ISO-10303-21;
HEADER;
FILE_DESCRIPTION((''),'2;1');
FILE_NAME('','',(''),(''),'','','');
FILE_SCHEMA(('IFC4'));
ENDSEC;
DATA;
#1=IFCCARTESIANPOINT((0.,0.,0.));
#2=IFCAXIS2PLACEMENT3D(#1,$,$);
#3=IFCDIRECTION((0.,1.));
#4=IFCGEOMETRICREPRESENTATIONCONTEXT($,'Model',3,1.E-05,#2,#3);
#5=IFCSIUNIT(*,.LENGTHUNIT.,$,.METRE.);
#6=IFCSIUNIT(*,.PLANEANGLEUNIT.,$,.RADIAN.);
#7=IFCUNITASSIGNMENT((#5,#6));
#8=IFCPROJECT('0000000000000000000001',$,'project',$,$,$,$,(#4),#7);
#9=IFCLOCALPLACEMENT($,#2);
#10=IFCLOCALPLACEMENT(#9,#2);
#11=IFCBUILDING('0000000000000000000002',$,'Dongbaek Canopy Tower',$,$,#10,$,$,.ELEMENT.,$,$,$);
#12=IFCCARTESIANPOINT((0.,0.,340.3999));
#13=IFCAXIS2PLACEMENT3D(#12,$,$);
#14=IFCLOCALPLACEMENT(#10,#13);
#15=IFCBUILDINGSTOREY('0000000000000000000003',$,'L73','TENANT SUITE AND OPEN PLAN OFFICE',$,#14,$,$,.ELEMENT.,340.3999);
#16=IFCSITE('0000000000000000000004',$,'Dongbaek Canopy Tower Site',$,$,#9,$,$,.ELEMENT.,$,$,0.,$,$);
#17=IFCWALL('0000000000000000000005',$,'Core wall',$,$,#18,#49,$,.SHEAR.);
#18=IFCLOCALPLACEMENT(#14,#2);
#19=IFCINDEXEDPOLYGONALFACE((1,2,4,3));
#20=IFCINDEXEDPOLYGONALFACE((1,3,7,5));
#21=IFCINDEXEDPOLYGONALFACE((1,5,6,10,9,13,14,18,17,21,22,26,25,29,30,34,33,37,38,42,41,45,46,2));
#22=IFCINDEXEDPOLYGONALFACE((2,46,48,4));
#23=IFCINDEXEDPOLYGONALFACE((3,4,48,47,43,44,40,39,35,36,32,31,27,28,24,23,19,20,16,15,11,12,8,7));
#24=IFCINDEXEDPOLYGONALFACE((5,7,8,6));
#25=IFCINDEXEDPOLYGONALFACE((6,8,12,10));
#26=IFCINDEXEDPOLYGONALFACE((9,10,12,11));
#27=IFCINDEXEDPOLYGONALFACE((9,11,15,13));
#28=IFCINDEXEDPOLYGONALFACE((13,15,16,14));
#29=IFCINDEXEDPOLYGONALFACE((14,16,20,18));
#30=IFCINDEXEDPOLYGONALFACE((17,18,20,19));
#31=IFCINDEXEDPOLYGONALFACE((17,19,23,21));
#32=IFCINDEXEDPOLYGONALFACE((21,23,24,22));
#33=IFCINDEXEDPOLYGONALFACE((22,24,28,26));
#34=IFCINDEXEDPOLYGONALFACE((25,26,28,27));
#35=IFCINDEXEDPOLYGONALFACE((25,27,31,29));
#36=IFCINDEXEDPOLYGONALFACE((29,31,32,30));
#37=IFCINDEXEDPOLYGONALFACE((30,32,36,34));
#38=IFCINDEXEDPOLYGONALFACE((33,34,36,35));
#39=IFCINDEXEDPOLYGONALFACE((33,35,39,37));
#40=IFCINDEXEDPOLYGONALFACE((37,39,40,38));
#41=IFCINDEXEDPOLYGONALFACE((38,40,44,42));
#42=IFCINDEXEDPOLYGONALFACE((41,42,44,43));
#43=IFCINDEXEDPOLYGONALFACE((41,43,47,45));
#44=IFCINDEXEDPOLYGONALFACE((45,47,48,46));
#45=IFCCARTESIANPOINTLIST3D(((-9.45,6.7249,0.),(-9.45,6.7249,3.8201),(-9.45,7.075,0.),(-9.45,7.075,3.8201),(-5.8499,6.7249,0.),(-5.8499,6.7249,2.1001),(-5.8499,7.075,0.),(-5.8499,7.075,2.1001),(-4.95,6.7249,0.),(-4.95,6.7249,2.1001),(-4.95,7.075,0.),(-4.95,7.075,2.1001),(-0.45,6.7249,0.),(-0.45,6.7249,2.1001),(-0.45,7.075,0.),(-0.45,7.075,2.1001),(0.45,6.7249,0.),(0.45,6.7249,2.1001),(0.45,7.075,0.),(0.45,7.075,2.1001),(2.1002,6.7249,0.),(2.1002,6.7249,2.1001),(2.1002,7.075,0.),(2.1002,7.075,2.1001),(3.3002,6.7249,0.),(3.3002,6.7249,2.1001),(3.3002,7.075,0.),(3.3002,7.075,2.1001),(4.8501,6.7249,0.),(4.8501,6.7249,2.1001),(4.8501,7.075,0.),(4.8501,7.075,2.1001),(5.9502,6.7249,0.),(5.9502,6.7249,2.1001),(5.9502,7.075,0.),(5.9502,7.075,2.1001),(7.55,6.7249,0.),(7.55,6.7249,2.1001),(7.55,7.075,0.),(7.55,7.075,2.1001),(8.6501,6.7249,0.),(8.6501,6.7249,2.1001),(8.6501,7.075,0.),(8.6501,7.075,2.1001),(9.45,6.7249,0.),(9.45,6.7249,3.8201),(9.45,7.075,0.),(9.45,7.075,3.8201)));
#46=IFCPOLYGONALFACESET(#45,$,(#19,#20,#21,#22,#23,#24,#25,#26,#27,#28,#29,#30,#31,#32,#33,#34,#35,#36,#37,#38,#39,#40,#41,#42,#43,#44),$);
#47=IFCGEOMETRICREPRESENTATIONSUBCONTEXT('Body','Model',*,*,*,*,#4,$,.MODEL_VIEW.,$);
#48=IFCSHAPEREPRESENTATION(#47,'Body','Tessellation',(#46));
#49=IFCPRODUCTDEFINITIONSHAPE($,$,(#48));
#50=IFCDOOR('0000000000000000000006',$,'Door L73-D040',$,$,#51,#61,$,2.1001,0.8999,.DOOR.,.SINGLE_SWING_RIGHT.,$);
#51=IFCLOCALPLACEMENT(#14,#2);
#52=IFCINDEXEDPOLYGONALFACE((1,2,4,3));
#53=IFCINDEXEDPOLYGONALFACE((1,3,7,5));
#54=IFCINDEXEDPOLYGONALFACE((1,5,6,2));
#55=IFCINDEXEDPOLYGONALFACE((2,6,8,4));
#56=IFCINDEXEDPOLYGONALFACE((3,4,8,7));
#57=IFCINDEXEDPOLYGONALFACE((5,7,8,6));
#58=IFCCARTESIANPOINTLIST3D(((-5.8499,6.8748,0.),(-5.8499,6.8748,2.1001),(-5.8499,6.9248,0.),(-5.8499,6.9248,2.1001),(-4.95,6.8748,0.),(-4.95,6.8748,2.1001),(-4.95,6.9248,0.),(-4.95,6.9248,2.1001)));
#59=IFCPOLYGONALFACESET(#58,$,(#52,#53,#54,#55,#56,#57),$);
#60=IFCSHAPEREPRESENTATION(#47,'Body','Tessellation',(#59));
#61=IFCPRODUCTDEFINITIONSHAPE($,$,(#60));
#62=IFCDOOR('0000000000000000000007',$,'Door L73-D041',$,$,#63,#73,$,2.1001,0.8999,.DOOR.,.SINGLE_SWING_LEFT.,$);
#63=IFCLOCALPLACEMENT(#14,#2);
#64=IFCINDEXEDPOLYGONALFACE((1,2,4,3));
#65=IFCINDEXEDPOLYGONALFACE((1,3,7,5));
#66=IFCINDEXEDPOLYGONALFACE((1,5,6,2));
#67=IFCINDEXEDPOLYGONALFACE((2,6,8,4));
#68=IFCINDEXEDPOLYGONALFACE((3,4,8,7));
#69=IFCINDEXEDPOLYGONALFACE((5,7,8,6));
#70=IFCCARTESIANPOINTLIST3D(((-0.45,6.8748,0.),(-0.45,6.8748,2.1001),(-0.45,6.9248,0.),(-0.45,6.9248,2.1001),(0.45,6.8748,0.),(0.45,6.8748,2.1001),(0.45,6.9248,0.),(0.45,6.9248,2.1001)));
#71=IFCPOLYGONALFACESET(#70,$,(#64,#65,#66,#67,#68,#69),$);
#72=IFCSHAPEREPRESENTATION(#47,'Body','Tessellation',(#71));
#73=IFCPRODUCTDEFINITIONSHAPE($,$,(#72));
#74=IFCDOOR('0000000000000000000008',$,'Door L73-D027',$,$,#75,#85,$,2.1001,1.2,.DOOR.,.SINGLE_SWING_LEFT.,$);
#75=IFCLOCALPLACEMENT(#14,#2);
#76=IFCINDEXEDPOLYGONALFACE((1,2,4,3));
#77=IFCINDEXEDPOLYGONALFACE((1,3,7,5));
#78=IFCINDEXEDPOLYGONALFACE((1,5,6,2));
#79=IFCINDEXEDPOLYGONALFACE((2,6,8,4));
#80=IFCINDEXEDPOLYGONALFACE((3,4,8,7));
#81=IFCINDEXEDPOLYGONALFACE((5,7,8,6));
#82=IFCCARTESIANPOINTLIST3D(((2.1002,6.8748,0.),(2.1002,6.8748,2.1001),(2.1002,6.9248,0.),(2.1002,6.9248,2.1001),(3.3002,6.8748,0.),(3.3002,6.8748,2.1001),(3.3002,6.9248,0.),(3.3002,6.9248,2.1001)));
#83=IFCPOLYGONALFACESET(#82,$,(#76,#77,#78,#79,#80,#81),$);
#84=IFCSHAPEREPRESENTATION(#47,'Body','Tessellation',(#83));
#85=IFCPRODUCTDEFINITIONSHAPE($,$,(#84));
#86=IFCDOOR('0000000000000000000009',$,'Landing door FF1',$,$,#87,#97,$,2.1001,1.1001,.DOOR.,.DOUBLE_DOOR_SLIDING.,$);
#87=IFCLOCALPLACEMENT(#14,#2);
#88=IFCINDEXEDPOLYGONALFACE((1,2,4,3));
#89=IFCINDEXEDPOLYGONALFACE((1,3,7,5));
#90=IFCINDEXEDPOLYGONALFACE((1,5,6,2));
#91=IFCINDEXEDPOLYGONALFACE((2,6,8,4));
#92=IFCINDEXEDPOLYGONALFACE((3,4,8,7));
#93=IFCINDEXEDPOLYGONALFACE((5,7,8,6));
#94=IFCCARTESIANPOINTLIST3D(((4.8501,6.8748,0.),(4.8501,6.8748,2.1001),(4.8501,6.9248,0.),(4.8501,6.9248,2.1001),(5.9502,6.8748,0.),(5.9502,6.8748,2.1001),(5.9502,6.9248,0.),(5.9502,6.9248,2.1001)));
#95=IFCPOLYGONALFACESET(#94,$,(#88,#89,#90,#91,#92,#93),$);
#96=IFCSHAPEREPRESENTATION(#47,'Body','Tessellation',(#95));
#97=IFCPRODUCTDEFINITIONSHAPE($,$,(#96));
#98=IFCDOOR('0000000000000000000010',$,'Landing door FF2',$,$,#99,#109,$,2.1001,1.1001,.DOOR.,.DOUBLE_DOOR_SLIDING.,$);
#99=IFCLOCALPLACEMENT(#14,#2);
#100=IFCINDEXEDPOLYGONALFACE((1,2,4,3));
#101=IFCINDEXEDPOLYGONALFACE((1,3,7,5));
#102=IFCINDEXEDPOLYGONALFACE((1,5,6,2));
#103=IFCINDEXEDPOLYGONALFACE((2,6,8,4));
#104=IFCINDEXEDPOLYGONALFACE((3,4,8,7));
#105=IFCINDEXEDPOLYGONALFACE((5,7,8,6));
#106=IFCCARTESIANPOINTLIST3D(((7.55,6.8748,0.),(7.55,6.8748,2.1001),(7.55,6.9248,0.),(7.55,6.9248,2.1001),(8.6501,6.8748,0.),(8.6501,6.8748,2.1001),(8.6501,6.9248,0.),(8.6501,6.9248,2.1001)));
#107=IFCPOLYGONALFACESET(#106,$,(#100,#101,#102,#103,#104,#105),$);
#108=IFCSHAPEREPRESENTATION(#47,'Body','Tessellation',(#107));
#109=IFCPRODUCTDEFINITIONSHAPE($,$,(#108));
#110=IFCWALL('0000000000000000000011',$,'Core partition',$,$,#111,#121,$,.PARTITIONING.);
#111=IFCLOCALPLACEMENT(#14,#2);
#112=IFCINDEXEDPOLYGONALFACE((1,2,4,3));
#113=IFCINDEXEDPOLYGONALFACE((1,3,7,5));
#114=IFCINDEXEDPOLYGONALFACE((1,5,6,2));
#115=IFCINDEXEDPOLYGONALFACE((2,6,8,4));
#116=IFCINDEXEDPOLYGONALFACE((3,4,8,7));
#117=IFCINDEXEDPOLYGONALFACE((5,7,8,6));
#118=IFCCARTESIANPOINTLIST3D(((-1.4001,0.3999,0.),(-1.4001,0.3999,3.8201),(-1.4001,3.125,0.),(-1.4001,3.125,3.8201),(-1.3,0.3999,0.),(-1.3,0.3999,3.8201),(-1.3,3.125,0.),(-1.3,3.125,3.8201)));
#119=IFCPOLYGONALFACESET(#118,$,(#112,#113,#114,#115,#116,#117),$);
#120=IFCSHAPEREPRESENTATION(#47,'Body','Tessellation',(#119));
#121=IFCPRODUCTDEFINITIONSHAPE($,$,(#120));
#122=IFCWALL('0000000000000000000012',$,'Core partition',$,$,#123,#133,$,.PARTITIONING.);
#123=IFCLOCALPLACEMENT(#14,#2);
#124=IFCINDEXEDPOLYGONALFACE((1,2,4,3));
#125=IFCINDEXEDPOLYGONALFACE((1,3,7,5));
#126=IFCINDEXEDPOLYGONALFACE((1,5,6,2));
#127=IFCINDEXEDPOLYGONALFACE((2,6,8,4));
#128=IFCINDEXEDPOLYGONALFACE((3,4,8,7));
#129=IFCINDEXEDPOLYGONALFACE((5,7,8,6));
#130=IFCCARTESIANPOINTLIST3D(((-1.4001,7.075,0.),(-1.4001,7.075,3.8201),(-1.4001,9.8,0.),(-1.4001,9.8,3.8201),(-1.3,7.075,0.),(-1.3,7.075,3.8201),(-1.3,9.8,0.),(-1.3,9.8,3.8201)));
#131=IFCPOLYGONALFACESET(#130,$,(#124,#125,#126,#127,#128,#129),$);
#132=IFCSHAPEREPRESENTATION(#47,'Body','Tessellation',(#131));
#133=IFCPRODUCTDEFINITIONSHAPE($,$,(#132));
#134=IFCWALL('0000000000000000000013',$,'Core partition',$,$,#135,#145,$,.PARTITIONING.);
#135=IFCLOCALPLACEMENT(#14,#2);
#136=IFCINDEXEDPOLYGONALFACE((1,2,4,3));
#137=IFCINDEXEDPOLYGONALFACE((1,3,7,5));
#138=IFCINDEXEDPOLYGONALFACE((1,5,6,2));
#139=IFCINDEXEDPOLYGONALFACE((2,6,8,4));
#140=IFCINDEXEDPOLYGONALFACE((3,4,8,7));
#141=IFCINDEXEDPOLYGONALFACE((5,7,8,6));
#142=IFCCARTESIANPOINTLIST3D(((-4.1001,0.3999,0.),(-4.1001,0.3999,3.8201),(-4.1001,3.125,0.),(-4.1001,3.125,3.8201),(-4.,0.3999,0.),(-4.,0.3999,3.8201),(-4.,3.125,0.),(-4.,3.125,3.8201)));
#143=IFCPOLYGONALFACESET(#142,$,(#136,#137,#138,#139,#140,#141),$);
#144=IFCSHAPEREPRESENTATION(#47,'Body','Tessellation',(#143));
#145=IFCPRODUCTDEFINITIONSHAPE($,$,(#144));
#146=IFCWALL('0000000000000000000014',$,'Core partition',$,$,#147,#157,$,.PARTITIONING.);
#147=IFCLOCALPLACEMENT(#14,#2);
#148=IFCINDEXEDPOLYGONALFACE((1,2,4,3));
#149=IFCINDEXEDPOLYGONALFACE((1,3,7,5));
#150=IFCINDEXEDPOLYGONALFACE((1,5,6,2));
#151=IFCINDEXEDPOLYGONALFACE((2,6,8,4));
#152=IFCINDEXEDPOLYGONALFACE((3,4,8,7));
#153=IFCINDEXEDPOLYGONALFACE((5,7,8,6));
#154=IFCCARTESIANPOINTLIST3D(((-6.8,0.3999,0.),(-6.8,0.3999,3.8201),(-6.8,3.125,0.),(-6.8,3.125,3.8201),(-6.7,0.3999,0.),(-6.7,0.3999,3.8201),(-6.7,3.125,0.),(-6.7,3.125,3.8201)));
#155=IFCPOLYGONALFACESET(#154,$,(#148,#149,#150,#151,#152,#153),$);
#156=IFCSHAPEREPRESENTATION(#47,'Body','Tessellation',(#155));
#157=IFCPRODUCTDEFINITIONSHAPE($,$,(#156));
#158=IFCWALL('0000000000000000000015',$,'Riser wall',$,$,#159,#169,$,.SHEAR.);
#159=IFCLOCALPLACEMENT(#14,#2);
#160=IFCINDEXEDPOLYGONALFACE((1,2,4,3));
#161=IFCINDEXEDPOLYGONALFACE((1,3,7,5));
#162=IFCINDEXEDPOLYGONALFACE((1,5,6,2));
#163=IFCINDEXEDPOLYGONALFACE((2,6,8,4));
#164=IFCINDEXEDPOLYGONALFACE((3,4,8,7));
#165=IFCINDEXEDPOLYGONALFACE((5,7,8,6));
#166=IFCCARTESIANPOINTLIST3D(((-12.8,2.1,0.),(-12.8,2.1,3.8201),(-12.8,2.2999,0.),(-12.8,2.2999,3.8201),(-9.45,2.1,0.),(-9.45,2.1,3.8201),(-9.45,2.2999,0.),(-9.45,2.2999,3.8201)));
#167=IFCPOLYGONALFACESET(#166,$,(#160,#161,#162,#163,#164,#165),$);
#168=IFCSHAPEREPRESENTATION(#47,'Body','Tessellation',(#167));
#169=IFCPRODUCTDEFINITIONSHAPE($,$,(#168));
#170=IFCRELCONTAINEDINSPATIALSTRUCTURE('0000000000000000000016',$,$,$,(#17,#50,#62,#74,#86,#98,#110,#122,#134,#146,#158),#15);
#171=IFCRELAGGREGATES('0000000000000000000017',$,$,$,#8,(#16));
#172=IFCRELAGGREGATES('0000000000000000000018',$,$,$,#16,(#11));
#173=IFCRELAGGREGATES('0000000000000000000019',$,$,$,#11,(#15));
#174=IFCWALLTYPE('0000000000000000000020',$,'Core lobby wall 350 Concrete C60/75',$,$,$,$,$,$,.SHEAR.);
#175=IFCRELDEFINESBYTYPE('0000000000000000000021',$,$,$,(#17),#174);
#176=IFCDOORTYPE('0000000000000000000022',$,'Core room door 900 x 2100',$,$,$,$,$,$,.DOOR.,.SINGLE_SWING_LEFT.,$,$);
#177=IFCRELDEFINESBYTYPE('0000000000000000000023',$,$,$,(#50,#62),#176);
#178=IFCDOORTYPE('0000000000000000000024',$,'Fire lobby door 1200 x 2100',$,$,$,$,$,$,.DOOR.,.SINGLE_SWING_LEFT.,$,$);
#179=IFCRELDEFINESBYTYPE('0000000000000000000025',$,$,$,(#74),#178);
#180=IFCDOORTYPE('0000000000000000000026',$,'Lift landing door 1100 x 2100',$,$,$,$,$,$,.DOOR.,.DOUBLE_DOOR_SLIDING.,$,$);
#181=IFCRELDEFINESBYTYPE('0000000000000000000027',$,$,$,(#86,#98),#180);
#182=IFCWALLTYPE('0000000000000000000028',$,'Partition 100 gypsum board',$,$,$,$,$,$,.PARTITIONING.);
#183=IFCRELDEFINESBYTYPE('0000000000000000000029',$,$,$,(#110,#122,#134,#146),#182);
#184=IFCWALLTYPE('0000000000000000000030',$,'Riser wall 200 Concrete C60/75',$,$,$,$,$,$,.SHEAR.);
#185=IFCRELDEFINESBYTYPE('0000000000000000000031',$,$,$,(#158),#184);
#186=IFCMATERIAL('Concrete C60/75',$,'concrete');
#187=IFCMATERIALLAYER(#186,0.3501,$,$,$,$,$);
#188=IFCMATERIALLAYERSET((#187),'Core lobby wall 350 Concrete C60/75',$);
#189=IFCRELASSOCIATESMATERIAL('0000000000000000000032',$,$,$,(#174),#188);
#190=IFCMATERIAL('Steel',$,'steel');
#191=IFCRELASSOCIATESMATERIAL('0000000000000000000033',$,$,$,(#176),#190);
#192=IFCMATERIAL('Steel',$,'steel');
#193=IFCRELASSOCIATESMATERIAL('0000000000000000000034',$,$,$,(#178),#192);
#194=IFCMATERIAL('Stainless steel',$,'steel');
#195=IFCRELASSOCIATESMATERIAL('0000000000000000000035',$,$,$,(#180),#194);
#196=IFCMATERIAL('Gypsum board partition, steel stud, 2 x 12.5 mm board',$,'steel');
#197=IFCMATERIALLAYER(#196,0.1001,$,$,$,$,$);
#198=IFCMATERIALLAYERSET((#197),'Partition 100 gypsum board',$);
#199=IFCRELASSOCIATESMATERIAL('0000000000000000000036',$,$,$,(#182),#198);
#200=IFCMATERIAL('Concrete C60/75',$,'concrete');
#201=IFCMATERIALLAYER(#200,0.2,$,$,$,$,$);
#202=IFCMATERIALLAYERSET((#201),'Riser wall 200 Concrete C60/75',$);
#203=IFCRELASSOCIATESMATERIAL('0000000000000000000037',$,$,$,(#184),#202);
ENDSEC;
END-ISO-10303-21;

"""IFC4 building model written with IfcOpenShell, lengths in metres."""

from ifc_helpers import new_model, si_unit, direction, frame, frame_2d, origin, place, context, subcontext, project, spatial, rectangle, extrude, material, layer, layer_set, type_object, element, fill, save


model = new_model("IFC4")

# Units and contexts
model_context = context("Model", 3, precision=1e-05, world=origin(), true_north=direction((0.0, 1.0)))
body_context = subcontext(model_context, "Body", "Model", "MODEL_VIEW")
ifc_project = project(units=[si_unit("LENGTHUNIT", "METRE"), si_unit("PLANEANGLEUNIT", "RADIAN")], contexts=[model_context])

# Site, building, storey
site_placement = place(None, origin())
site = spatial("IfcSite", under=ifc_project, at=site_placement, Name="Dongbaek Canopy Tower Site", CompositionType="ELEMENT", RefElevation=0.0)
building_placement = place(site_placement, origin())
building = spatial("IfcBuilding", under=site, at=building_placement, Name="Dongbaek Canopy Tower", CompositionType="ELEMENT")
storey_placement = place(building_placement, frame((0.0, 0.0, 340.3999)))
storey = spatial("IfcBuildingStorey", under=building, at=storey_placement, Name="L73", Description="TENANT SUITE AND OPEN PLAN OFFICE", CompositionType="ELEMENT", Elevation=340.3999)

# Wall, openings, doors
ifc_material_1 = material(Name="Concrete C60/75", Category="concrete")
ifc_layer_1 = layer(ifc_material_1, 0.3501)
ifc_layer_set_1 = layer_set([ifc_layer_1], Name="Core lobby wall 350 Concrete C60/75")
wall_type_1 = type_object("IfcWallType", Name="Core lobby wall 350 Concrete C60/75", PredefinedType="SHEAR", material=ifc_layer_set_1)
wall_1_placement = place(storey_placement, frame((-9.45, 6.8999, 0.0), z_axis=(0.0, 0.0, 1.0), x_axis=(1.0, 0.0, 0.0)))
wall_1 = element("IfcWall", 1, at=wall_1_placement, inside=storey, type_object=wall_type_1, Name="Core wall", PredefinedType="SHEAR", context=body_context, shape_type="SweptSolid", body=[
    extrude(rectangle(XDim=18.8999, YDim=0.3501, at=frame_2d((9.45, 0.0))), origin(), (0.0, 0.0, 1.0), 3.8201),
])
opening_1_placement = place(wall_1_placement, frame((11.55, 0.0, 0.0)))
opening_1 = element("IfcOpeningElement", 2, at=opening_1_placement, cuts=wall_1, PredefinedType="OPENING", context=body_context, shape_type="SweptSolid", body=[
    extrude(rectangle(XDim=1.2, YDim=2.1001, at=frame_2d((0.6001, 1.05))), frame((0.0, 0.1851, 0.0), z_axis=(0.0, -1.0, 0.0), x_axis=(1.0, 0.0, 0.0)), (0.0, 0.0, 1.0), 0.3701),
])
opening_2_placement = place(wall_1_placement, frame((14.3, 0.0, 0.0)))
opening_2 = element("IfcOpeningElement", 3, at=opening_2_placement, cuts=wall_1, PredefinedType="OPENING", context=body_context, shape_type="SweptSolid", body=[
    extrude(rectangle(XDim=1.1001, YDim=2.1001, at=frame_2d((0.55, 1.05))), frame((0.0, 0.1851, 0.0), z_axis=(0.0, -1.0, 0.0), x_axis=(1.0, 0.0, 0.0)), (0.0, 0.0, 1.0), 0.3701),
])
opening_3_placement = place(wall_1_placement, frame((17.0, 0.0, 0.0)))
opening_3 = element("IfcOpeningElement", 4, at=opening_3_placement, cuts=wall_1, PredefinedType="OPENING", context=body_context, shape_type="SweptSolid", body=[
    extrude(rectangle(XDim=1.1001, YDim=2.1001, at=frame_2d((0.55, 1.05))), frame((0.0, 0.1851, 0.0), z_axis=(0.0, -1.0, 0.0), x_axis=(1.0, 0.0, 0.0)), (0.0, 0.0, 1.0), 0.3701),
])
opening_4_placement = place(wall_1_placement, frame((3.6001, 0.0, 0.0)))
opening_4 = element("IfcOpeningElement", 5, at=opening_4_placement, cuts=wall_1, PredefinedType="OPENING", context=body_context, shape_type="SweptSolid", body=[
    extrude(rectangle(XDim=0.8999, YDim=2.1001, at=frame_2d((0.45, 1.05))), frame((0.0, 0.1851, 0.0), z_axis=(0.0, -1.0, 0.0), x_axis=(1.0, 0.0, 0.0)), (0.0, 0.0, 1.0), 0.3701),
])
opening_5_placement = place(wall_1_placement, frame((9.0, 0.0, 0.0)))
opening_5 = element("IfcOpeningElement", 6, at=opening_5_placement, cuts=wall_1, PredefinedType="OPENING", context=body_context, shape_type="SweptSolid", body=[
    extrude(rectangle(XDim=0.8999, YDim=2.1001, at=frame_2d((0.45, 1.05))), frame((0.0, 0.1851, 0.0), z_axis=(0.0, -1.0, 0.0), x_axis=(1.0, 0.0, 0.0)), (0.0, 0.0, 1.0), 0.3701),
])
ifc_material_2 = material(Name="Steel", Category="steel")
door_type_1 = type_object("IfcDoorType", Name="Core room door 900 x 2100", OperationType="SINGLE_SWING_LEFT", PredefinedType="DOOR", material=ifc_material_2)
door_1_placement = place(opening_4_placement, origin())
door_1 = element("IfcDoor", 7, at=door_1_placement, inside=storey, type_object=door_type_1, Name="Door L73-D040", OperationType="SINGLE_SWING_RIGHT", OverallHeight=2.1001, OverallWidth=0.8999, PredefinedType="DOOR", context=body_context, shape_type="SweptSolid", body=[
    extrude(rectangle(XDim=0.8999, YDim=2.1001, at=frame_2d((0.45, 1.05))), frame((0.0, 0.0249, 0.0), z_axis=(0.0, -1.0, 0.0), x_axis=(1.0, 0.0, 0.0)), (0.0, 0.0, 1.0), 0.05),
])
fill(opening_4, door_1)
door_2_placement = place(opening_5_placement, origin())
door_2 = element("IfcDoor", 8, at=door_2_placement, inside=storey, type_object=door_type_1, Name="Door L73-D041", OperationType="SINGLE_SWING_LEFT", OverallHeight=2.1001, OverallWidth=0.8999, PredefinedType="DOOR", context=body_context, shape_type="SweptSolid", body=[
    extrude(rectangle(XDim=0.8999, YDim=2.1001, at=frame_2d((0.45, 1.05))), frame((0.0, 0.0249, 0.0), z_axis=(0.0, -1.0, 0.0), x_axis=(1.0, 0.0, 0.0)), (0.0, 0.0, 1.0), 0.05),
])
fill(opening_5, door_2)
ifc_material_3 = material(Name="Steel", Category="steel")
door_type_2 = type_object("IfcDoorType", Name="Fire lobby door 1200 x 2100", OperationType="SINGLE_SWING_LEFT", PredefinedType="DOOR", material=ifc_material_3)
door_3_placement = place(opening_1_placement, origin())
door_3 = element("IfcDoor", 9, at=door_3_placement, inside=storey, type_object=door_type_2, Name="Door L73-D027", OperationType="SINGLE_SWING_LEFT", OverallHeight=2.1001, OverallWidth=1.2, PredefinedType="DOOR", context=body_context, shape_type="SweptSolid", body=[
    extrude(rectangle(XDim=1.2, YDim=2.1001, at=frame_2d((0.6001, 1.05))), frame((0.0, 0.0249, 0.0), z_axis=(0.0, -1.0, 0.0), x_axis=(1.0, 0.0, 0.0)), (0.0, 0.0, 1.0), 0.05),
])
fill(opening_1, door_3)
ifc_material_4 = material(Name="Stainless steel", Category="steel")
door_type_3 = type_object("IfcDoorType", Name="Lift landing door 1100 x 2100", OperationType="DOUBLE_DOOR_SLIDING", PredefinedType="DOOR", material=ifc_material_4)
door_4_placement = place(opening_2_placement, origin())
door_4 = element("IfcDoor", 10, at=door_4_placement, inside=storey, type_object=door_type_3, Name="Landing door FF1", OperationType="DOUBLE_DOOR_SLIDING", OverallHeight=2.1001, OverallWidth=1.1001, PredefinedType="DOOR", context=body_context, shape_type="SweptSolid", body=[
    extrude(rectangle(XDim=1.1001, YDim=2.1001, at=frame_2d((0.55, 1.05))), frame((0.0, 0.0249, 0.0), z_axis=(0.0, -1.0, 0.0), x_axis=(1.0, 0.0, 0.0)), (0.0, 0.0, 1.0), 0.05),
])
fill(opening_2, door_4)
door_5_placement = place(opening_3_placement, origin())
door_5 = element("IfcDoor", 11, at=door_5_placement, inside=storey, type_object=door_type_3, Name="Landing door FF2", OperationType="DOUBLE_DOOR_SLIDING", OverallHeight=2.1001, OverallWidth=1.1001, PredefinedType="DOOR", context=body_context, shape_type="SweptSolid", body=[
    extrude(rectangle(XDim=1.1001, YDim=2.1001, at=frame_2d((0.55, 1.05))), frame((0.0, 0.0249, 0.0), z_axis=(0.0, -1.0, 0.0), x_axis=(1.0, 0.0, 0.0)), (0.0, 0.0, 1.0), 0.05),
])
fill(opening_3, door_5)

# Walls
ifc_material_5 = material(Name="Gypsum board partition, steel stud, 2 x 12.5 mm board", Category="steel")
ifc_layer_2 = layer(ifc_material_5, 0.1001)
ifc_layer_set_2 = layer_set([ifc_layer_2], Name="Partition 100 gypsum board")
wall_type_2 = type_object("IfcWallType", Name="Partition 100 gypsum board", PredefinedType="PARTITIONING", material=ifc_layer_set_2)
for number, where, z_axis, x_axis, name in (
    (12, (-1.3501, 0.3999, 0.0), (0.0, 0.0, 1.0), (0.0, 1.0, 0.0), "Core partition"),
    (13, (-1.3501, 7.075, 0.0), (0.0, 0.0, 1.0), (0.0, 1.0, 0.0), "Core partition"),
    (14, (-4.05, 0.3999, 0.0), (0.0, 0.0, 1.0), (0.0, 1.0, 0.0), "Core partition"),
    (15, (-6.75, 0.3999, 0.0), (0.0, 0.0, 1.0), (0.0, 1.0, 0.0), "Core partition"),
):
    element("IfcWall", number, at=place(storey_placement, frame(where, z_axis=z_axis, x_axis=x_axis)), inside=storey, type_object=wall_type_2, Name=name, PredefinedType="PARTITIONING", context=body_context, shape_type="SweptSolid", body=[
        extrude(rectangle(XDim=2.7251, YDim=0.1001, at=frame_2d((1.3625, 0.0))), origin(), (0.0, 0.0, 1.0), 3.8201),
    ])
ifc_material_6 = material(Name="Concrete C60/75", Category="concrete")
ifc_layer_3 = layer(ifc_material_6, 0.2)
ifc_layer_set_3 = layer_set([ifc_layer_3], Name="Riser wall 200 Concrete C60/75")
wall_type_3 = type_object("IfcWallType", Name="Riser wall 200 Concrete C60/75", PredefinedType="SHEAR", material=ifc_layer_set_3)
wall_2_placement = place(storey_placement, frame((-9.45, 2.2, 0.0), z_axis=(0.0, 0.0, 1.0), x_axis=(-1.0, 0.0, 0.0)))
element("IfcWall", 16, at=wall_2_placement, inside=storey, type_object=wall_type_3, Name="Riser wall", PredefinedType="SHEAR", context=body_context, shape_type="SweptSolid", body=[
    extrude(rectangle(XDim=3.3501, YDim=0.2, at=frame_2d((1.675, 0.0))), origin(), (0.0, 0.0, 1.0), 3.8201),
])

save(model, "model.ifc")
